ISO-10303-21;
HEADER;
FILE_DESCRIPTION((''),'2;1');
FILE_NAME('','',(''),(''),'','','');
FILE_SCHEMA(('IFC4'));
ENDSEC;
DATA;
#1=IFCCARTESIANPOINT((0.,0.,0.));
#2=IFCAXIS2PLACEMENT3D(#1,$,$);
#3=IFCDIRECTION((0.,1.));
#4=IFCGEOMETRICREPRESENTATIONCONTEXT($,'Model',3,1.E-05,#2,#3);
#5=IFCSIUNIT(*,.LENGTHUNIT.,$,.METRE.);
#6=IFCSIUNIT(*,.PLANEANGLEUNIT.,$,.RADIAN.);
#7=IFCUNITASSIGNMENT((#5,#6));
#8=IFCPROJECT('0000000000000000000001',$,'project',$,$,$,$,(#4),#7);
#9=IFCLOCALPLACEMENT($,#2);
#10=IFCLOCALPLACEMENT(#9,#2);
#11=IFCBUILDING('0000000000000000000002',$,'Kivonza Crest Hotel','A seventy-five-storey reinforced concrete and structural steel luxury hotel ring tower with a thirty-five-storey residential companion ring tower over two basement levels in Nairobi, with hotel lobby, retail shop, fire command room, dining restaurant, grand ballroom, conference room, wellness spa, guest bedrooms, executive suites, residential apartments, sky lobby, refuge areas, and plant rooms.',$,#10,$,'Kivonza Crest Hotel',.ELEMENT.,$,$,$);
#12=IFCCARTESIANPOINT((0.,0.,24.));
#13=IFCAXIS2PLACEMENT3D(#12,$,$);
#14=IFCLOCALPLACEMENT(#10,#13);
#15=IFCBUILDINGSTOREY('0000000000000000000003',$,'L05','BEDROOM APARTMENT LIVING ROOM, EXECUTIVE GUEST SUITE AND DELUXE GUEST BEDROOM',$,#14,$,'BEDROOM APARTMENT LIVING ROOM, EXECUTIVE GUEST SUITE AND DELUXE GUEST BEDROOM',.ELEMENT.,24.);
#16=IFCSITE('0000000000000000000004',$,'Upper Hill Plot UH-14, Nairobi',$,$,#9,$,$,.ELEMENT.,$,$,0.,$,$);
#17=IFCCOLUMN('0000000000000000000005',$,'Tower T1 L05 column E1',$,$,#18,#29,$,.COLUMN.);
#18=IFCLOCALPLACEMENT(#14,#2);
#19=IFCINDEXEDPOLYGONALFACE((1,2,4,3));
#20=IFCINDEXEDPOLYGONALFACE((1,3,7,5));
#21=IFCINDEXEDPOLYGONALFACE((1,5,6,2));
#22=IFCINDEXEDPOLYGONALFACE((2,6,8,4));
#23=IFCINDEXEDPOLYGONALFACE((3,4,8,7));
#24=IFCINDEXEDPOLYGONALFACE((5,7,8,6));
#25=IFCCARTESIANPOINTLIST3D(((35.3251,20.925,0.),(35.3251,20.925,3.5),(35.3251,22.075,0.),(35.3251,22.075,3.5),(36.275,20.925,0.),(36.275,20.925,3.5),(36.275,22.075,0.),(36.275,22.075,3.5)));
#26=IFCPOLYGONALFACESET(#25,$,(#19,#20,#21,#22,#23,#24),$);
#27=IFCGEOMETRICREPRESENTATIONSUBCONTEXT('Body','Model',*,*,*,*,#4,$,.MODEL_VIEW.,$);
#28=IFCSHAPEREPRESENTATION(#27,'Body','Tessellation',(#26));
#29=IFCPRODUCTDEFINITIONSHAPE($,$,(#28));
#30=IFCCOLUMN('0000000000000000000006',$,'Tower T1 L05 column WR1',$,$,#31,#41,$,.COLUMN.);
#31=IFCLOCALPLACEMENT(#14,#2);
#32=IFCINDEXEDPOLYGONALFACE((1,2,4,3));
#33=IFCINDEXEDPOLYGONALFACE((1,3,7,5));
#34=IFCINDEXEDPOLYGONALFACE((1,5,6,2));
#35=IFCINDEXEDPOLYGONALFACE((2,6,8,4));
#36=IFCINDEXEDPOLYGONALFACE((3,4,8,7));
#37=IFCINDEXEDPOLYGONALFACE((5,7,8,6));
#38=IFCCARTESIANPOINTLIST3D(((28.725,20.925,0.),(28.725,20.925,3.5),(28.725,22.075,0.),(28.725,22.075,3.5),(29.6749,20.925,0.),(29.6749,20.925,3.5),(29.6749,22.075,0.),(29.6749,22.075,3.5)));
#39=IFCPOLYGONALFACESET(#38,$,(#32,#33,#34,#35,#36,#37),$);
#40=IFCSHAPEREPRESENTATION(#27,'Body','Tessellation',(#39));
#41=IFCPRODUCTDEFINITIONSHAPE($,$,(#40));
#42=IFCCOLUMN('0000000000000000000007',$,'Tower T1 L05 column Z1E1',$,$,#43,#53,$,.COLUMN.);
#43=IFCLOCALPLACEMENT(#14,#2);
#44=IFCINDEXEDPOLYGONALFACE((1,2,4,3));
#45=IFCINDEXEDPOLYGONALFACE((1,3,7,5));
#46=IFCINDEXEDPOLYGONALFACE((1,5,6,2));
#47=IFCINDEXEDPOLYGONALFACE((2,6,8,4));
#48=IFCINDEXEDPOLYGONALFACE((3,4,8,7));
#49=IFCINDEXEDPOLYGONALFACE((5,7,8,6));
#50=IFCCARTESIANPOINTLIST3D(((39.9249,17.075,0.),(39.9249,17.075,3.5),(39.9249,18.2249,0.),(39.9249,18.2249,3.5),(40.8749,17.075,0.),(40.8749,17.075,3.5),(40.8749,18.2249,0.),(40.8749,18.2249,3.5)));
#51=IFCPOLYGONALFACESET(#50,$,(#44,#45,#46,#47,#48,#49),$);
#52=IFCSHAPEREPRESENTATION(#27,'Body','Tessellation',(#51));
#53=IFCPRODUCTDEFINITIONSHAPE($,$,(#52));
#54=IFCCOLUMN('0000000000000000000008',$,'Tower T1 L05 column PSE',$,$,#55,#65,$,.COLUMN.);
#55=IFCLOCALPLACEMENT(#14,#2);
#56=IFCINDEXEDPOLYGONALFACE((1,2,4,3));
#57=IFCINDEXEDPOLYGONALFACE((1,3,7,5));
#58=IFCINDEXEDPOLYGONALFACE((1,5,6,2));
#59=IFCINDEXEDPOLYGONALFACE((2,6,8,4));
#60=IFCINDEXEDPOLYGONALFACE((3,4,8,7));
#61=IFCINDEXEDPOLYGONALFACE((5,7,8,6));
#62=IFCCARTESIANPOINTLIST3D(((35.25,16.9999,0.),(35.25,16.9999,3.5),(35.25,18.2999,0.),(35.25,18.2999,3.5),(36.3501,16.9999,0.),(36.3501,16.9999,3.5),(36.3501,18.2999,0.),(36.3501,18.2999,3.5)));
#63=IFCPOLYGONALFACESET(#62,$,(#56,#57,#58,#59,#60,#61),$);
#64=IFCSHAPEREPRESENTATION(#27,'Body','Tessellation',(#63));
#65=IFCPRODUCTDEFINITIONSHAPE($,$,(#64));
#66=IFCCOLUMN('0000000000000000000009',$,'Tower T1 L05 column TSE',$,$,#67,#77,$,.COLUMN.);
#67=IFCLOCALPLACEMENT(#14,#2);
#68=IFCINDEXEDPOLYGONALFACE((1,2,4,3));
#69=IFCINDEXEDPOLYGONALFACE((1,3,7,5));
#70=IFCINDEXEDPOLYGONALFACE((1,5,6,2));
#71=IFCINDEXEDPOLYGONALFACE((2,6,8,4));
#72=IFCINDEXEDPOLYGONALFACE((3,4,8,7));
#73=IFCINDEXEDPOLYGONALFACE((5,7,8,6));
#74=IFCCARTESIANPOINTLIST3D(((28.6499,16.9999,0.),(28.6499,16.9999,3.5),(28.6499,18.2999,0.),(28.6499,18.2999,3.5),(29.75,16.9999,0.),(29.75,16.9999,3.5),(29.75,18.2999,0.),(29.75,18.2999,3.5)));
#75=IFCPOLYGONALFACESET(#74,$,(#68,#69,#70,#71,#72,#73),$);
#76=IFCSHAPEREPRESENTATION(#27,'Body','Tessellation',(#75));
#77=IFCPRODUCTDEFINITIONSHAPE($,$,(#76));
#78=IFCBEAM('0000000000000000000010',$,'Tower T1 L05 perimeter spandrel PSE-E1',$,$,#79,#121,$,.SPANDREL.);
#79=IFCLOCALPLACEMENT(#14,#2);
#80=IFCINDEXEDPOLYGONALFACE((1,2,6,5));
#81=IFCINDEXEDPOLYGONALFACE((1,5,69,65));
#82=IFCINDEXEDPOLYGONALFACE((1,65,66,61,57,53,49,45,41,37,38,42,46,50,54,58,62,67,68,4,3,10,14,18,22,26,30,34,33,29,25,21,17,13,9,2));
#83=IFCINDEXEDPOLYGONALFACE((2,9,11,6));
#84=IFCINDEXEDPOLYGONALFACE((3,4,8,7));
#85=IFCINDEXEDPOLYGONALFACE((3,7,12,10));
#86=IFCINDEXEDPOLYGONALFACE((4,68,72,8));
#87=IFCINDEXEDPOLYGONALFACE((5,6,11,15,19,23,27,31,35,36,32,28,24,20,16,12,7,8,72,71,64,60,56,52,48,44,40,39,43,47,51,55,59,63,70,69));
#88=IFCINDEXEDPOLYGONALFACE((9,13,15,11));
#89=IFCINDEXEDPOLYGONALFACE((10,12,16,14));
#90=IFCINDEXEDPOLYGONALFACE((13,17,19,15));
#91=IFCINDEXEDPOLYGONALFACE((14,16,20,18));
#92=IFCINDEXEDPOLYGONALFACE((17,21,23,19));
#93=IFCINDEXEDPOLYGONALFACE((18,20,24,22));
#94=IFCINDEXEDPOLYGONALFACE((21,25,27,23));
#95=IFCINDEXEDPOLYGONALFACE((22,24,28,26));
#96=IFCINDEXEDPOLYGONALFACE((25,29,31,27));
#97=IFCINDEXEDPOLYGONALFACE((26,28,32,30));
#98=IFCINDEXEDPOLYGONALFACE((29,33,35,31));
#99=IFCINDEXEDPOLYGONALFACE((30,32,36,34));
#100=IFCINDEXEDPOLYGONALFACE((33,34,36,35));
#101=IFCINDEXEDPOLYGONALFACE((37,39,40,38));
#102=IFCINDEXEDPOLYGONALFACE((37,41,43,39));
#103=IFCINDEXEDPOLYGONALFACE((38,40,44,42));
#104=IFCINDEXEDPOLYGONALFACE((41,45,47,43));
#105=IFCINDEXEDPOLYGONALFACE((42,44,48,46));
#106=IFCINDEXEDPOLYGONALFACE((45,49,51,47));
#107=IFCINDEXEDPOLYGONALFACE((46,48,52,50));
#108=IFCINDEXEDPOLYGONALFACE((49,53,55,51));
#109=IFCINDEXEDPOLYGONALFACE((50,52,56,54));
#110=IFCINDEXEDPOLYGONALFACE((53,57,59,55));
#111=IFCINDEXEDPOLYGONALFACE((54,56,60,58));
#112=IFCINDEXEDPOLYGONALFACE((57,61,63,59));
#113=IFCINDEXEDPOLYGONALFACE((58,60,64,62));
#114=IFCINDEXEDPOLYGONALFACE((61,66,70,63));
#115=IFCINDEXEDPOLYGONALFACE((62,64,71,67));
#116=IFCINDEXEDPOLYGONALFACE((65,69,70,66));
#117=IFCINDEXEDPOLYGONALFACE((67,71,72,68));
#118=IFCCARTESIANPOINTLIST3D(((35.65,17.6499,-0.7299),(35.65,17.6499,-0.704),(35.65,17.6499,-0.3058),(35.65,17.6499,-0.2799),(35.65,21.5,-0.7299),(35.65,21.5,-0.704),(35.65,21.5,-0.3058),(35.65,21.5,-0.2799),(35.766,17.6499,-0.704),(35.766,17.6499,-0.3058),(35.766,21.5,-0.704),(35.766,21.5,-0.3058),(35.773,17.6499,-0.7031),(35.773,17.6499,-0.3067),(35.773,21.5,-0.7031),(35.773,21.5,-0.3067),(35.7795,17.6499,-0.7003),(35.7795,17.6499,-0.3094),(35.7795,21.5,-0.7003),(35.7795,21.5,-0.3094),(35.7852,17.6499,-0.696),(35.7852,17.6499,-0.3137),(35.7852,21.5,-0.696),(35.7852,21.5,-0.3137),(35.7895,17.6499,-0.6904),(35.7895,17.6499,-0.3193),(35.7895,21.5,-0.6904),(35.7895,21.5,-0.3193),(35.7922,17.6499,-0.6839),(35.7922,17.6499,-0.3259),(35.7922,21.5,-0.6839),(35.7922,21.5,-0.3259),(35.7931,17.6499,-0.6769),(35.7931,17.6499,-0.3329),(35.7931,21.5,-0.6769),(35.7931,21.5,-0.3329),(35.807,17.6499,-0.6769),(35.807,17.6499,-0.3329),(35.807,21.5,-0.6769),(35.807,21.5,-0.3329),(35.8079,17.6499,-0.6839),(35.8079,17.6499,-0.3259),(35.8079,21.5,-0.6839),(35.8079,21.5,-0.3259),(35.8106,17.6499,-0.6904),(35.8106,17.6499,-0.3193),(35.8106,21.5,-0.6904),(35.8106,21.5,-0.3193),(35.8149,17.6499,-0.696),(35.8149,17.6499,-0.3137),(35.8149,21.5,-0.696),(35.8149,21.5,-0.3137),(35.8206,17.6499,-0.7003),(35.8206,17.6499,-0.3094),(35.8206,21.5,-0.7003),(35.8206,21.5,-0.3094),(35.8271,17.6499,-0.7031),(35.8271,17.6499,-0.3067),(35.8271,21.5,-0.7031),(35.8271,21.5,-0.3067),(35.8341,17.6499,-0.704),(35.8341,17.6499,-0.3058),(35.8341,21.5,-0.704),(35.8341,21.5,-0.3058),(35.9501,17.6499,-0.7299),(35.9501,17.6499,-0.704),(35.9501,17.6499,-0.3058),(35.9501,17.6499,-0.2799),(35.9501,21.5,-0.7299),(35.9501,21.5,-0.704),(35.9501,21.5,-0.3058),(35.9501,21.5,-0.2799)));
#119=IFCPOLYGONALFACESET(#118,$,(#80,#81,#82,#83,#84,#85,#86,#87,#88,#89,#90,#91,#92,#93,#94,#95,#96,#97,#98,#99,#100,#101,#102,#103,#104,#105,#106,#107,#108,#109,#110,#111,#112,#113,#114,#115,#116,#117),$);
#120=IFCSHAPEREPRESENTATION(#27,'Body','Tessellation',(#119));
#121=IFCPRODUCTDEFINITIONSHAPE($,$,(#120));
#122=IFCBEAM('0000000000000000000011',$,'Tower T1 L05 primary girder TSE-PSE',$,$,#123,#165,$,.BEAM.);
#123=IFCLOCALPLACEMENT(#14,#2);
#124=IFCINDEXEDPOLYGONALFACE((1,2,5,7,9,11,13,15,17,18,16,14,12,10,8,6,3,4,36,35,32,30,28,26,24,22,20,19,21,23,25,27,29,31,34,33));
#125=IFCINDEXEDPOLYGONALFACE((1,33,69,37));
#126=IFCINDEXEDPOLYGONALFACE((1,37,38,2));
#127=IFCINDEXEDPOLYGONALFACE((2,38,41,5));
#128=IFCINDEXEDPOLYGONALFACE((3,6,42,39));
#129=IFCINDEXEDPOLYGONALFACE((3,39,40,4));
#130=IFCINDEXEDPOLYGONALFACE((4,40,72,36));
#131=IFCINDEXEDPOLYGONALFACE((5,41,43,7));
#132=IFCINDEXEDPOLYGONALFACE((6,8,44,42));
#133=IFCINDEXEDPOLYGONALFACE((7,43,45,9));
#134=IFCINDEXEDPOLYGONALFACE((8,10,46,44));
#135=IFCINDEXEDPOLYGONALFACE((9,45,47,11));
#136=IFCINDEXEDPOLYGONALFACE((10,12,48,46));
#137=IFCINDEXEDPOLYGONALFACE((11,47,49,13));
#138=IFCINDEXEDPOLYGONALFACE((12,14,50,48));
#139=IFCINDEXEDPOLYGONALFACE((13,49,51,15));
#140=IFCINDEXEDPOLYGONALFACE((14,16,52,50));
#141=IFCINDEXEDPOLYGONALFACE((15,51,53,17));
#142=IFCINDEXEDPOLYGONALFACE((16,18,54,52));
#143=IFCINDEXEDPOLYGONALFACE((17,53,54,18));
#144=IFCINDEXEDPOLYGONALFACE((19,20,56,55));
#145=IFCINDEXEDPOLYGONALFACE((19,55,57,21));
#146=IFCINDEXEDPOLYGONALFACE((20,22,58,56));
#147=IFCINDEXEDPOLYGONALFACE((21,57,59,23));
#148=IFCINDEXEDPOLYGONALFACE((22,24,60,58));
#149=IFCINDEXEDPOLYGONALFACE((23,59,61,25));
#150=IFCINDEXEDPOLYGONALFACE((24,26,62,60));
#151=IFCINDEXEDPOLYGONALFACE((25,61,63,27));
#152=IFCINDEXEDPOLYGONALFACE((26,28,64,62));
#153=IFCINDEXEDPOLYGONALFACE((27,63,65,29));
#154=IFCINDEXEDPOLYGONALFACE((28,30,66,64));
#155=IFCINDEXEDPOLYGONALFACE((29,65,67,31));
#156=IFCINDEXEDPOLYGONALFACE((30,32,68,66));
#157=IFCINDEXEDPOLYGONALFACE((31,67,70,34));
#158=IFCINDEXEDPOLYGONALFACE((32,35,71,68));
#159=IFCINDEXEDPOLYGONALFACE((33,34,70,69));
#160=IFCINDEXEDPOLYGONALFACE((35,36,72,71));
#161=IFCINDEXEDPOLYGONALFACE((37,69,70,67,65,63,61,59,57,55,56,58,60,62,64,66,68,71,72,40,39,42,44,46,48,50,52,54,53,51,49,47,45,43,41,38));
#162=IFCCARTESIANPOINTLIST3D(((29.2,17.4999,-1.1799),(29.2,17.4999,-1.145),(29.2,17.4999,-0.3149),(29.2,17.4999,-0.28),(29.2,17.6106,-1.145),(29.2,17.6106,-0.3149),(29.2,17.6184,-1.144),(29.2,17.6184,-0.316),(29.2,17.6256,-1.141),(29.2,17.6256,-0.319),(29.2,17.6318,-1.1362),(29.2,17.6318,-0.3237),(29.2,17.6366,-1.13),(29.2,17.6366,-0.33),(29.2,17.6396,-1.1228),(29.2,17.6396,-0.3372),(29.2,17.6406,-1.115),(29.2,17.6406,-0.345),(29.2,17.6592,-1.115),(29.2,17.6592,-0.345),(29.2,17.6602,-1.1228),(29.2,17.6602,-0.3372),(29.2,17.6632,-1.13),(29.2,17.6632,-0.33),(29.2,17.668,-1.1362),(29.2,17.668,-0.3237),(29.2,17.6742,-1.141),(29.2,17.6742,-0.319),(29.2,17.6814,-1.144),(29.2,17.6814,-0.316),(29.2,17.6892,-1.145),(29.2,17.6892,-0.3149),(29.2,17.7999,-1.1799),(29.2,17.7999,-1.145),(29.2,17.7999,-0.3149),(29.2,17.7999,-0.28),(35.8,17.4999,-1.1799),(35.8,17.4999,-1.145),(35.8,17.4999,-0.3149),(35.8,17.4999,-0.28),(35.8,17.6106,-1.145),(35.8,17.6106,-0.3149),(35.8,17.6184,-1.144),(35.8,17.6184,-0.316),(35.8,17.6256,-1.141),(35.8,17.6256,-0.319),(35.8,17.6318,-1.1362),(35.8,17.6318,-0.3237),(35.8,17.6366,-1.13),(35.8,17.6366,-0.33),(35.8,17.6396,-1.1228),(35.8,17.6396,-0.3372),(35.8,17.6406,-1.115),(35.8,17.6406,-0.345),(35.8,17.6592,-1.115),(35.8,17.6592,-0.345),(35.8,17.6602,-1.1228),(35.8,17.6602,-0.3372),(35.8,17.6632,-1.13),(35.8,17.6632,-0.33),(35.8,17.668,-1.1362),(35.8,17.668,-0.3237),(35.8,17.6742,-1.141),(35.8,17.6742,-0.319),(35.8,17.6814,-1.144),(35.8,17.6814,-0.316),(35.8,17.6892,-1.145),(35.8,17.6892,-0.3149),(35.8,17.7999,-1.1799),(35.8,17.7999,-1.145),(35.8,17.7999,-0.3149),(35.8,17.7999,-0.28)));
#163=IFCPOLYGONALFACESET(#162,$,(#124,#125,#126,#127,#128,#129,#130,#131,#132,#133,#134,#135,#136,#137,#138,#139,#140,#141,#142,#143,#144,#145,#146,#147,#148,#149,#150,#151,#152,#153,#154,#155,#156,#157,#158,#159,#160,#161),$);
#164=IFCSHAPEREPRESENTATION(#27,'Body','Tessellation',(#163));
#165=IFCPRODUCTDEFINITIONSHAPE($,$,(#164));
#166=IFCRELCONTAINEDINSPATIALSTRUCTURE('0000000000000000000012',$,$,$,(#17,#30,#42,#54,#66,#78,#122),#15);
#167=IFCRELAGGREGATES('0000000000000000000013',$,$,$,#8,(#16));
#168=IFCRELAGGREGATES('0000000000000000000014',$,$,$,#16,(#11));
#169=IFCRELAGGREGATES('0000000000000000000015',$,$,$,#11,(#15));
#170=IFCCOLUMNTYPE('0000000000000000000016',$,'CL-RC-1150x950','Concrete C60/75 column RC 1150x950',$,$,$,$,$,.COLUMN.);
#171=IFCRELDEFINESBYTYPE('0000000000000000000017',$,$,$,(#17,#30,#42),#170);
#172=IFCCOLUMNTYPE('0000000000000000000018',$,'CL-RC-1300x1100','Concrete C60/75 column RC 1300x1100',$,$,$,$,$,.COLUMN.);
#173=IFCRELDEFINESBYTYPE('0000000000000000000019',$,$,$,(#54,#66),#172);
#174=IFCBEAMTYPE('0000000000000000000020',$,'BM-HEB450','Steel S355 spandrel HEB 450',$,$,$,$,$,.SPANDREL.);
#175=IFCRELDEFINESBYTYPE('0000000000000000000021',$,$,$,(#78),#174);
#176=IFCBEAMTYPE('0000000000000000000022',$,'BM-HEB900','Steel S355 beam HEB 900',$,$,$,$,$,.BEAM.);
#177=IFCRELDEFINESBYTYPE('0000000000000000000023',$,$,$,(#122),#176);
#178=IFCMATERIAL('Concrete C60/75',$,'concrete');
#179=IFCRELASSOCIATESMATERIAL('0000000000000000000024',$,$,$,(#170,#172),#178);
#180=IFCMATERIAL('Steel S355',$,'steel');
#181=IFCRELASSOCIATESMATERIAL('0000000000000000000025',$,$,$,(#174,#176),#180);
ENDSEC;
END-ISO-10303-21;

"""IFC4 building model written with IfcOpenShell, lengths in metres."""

from ifc_helpers import new_model, si_unit, direction, frame, origin, origin_2d, place, context, subcontext, project, spatial, rectangle, i_section, extrude, material, material_profile, profile_set, type_object, element, save


model = new_model("IFC4")

# Units and contexts
model_context = context("Model", 3, precision=1e-05, world=origin(), true_north=direction((0.0, 1.0)))
body_context = subcontext(model_context, "Body", "Model", "MODEL_VIEW")
ifc_project = project(units=[si_unit("LENGTHUNIT", "METRE"), si_unit("PLANEANGLEUNIT", "RADIAN")], contexts=[model_context])

# Site, building, storey
site_placement = place(None, origin())
site = spatial("IfcSite", under=ifc_project, at=site_placement, Name="Upper Hill Plot UH-14, Nairobi", CompositionType="ELEMENT", RefElevation=0.0)
building_placement = place(site_placement, origin())
building = spatial("IfcBuilding", under=site, at=building_placement, Name="Kivonza Crest Hotel", Description="A seventy-five-storey reinforced concrete and structural steel luxury hotel ring tower with a thirty-five-storey residential companion ring tower over two basement levels in Nairobi, with hotel lobby, retail shop, fire command room, dining restaurant, grand ballroom, conference room, wellness spa, guest bedrooms, executive suites, residential apartments, sky lobby, refuge areas, and plant rooms.", LongName="Kivonza Crest Hotel", CompositionType="ELEMENT")
storey_placement = place(building_placement, frame((0.0, 0.0, 24.0)))
storey = spatial("IfcBuildingStorey", under=building, at=storey_placement, Name="L05", Description="BEDROOM APARTMENT LIVING ROOM, EXECUTIVE GUEST SUITE AND DELUXE GUEST BEDROOM", LongName="BEDROOM APARTMENT LIVING ROOM, EXECUTIVE GUEST SUITE AND DELUXE GUEST BEDROOM", CompositionType="ELEMENT", Elevation=24.0)

# Columns
ifc_material_1 = material(Name="Concrete C60/75", Category="concrete")
ifc_material_profile_1 = material_profile(ifc_material_1, rectangle(XDim=0.95, YDim=1.1499, at=origin_2d()), Name="RC 1150x950")
ifc_profile_set_1 = profile_set([ifc_material_profile_1], Name="Concrete C60/75")
column_type_1 = type_object("IfcColumnType", Name="CL-RC-1150x950", Description="Concrete C60/75 column RC 1150x950", PredefinedType="COLUMN", material=ifc_profile_set_1)
for number, where, z_axis, x_axis, name in (
    (1, (35.8, 21.5, 0.0), (0.0, 0.0, 1.0), (1.0, 0.0, 0.0), "Tower T1 L05 column E1"),
    (2, (29.2, 21.5, 0.0), (0.0, 0.0, 1.0), (1.0, 0.0, 0.0), "Tower T1 L05 column WR1"),
    (3, (40.3999, 17.6499, 0.0), (0.0, 0.0, 1.0), (1.0, 0.0, 0.0), "Tower T1 L05 column Z1E1"),
):
    element("IfcColumn", number, at=place(storey_placement, frame(where, z_axis=z_axis, x_axis=x_axis)), inside=storey, type_object=column_type_1, Name=name, PredefinedType="COLUMN", context=body_context, shape_type="SweptSolid", body=[
        extrude(rectangle(XDim=0.95, YDim=1.1499, at=origin_2d()), origin(), (0.0, 0.0, 1.0), 3.5),
    ])
ifc_material_profile_2 = material_profile(ifc_material_1, rectangle(XDim=1.1001, YDim=1.3, at=origin_2d()), Name="RC 1300x1100")
ifc_profile_set_2 = profile_set([ifc_material_profile_2], Name="Concrete C60/75")
column_type_2 = type_object("IfcColumnType", Name="CL-RC-1300x1100", Description="Concrete C60/75 column RC 1300x1100", PredefinedType="COLUMN", material=ifc_profile_set_2)
for number, where, z_axis, x_axis, name in (
    (4, (35.8, 17.6499, 0.0), (0.0, 0.0, 1.0), (1.0, 0.0, 0.0), "Tower T1 L05 column PSE"),
    (5, (29.2, 17.6499, 0.0), (0.0, 0.0, 1.0), (1.0, 0.0, 0.0), "Tower T1 L05 column TSE"),
):
    element("IfcColumn", number, at=place(storey_placement, frame(where, z_axis=z_axis, x_axis=x_axis)), inside=storey, type_object=column_type_2, Name=name, PredefinedType="COLUMN", context=body_context, shape_type="SweptSolid", body=[
        extrude(rectangle(XDim=1.1001, YDim=1.3, at=origin_2d()), origin(), (0.0, 0.0, 1.0), 3.5),
    ])

# Beams
ifc_material_2 = material(Name="Steel S355", Category="steel")
ifc_material_profile_3 = material_profile(ifc_material_2, i_section(OverallWidth=0.3, OverallDepth=0.45, WebThickness=0.0139, FlangeThickness=0.0259, FilletRadius=0.0271, at=origin_2d()), Name="HEB 450")
ifc_profile_set_3 = profile_set([ifc_material_profile_3], Name="Steel S355")
beam_type_1 = type_object("IfcBeamType", Name="BM-HEB450", Description="Steel S355 spandrel HEB 450", PredefinedType="SPANDREL", material=ifc_profile_set_3)
beam_1_placement = place(storey_placement, frame((35.8, 17.6499, -0.5049), z_axis=(0.0, 1.0, 0.0), x_axis=(-1.0, 0.0, 0.0)))
element("IfcBeam", 6, at=beam_1_placement, inside=storey, type_object=beam_type_1, Name="Tower T1 L05 perimeter spandrel PSE-E1", PredefinedType="SPANDREL", context=body_context, shape_type="SweptSolid", body=[
    extrude(i_section(OverallWidth=0.3, OverallDepth=0.45, WebThickness=0.0139, FlangeThickness=0.0259, FilletRadius=0.0271, at=origin_2d()), origin(), (0.0, 0.0, 1.0), 3.8501),
])
ifc_material_profile_4 = material_profile(ifc_material_2, i_section(OverallWidth=0.3, OverallDepth=0.8999, WebThickness=0.0186, FlangeThickness=0.0349, FilletRadius=0.03, at=origin_2d()), Name="HEB 900")
ifc_profile_set_4 = profile_set([ifc_material_profile_4], Name="Steel S355")
beam_type_2 = type_object("IfcBeamType", Name="BM-HEB900", Description="Steel S355 beam HEB 900", PredefinedType="BEAM", material=ifc_profile_set_4)
for number, where, z_axis, x_axis, name in (
    (7, (29.2, 17.6499, -0.73), (1.0, 0.0, 0.0), (0.0, 1.0, 0.0), "Tower T1 L05 primary girder TSE-PSE"),
):
    element("IfcBeam", number, at=place(storey_placement, frame(where, z_axis=z_axis, x_axis=x_axis)), inside=storey, type_object=beam_type_2, Name=name, PredefinedType="BEAM", context=body_context, shape_type="SweptSolid", body=[
        extrude(i_section(OverallWidth=0.3, OverallDepth=0.8999, WebThickness=0.0186, FlangeThickness=0.0349, FilletRadius=0.03, at=origin_2d()), origin(), (0.0, 0.0, 1.0), 6.6001),
    ])

save(model, "model.ifc")
